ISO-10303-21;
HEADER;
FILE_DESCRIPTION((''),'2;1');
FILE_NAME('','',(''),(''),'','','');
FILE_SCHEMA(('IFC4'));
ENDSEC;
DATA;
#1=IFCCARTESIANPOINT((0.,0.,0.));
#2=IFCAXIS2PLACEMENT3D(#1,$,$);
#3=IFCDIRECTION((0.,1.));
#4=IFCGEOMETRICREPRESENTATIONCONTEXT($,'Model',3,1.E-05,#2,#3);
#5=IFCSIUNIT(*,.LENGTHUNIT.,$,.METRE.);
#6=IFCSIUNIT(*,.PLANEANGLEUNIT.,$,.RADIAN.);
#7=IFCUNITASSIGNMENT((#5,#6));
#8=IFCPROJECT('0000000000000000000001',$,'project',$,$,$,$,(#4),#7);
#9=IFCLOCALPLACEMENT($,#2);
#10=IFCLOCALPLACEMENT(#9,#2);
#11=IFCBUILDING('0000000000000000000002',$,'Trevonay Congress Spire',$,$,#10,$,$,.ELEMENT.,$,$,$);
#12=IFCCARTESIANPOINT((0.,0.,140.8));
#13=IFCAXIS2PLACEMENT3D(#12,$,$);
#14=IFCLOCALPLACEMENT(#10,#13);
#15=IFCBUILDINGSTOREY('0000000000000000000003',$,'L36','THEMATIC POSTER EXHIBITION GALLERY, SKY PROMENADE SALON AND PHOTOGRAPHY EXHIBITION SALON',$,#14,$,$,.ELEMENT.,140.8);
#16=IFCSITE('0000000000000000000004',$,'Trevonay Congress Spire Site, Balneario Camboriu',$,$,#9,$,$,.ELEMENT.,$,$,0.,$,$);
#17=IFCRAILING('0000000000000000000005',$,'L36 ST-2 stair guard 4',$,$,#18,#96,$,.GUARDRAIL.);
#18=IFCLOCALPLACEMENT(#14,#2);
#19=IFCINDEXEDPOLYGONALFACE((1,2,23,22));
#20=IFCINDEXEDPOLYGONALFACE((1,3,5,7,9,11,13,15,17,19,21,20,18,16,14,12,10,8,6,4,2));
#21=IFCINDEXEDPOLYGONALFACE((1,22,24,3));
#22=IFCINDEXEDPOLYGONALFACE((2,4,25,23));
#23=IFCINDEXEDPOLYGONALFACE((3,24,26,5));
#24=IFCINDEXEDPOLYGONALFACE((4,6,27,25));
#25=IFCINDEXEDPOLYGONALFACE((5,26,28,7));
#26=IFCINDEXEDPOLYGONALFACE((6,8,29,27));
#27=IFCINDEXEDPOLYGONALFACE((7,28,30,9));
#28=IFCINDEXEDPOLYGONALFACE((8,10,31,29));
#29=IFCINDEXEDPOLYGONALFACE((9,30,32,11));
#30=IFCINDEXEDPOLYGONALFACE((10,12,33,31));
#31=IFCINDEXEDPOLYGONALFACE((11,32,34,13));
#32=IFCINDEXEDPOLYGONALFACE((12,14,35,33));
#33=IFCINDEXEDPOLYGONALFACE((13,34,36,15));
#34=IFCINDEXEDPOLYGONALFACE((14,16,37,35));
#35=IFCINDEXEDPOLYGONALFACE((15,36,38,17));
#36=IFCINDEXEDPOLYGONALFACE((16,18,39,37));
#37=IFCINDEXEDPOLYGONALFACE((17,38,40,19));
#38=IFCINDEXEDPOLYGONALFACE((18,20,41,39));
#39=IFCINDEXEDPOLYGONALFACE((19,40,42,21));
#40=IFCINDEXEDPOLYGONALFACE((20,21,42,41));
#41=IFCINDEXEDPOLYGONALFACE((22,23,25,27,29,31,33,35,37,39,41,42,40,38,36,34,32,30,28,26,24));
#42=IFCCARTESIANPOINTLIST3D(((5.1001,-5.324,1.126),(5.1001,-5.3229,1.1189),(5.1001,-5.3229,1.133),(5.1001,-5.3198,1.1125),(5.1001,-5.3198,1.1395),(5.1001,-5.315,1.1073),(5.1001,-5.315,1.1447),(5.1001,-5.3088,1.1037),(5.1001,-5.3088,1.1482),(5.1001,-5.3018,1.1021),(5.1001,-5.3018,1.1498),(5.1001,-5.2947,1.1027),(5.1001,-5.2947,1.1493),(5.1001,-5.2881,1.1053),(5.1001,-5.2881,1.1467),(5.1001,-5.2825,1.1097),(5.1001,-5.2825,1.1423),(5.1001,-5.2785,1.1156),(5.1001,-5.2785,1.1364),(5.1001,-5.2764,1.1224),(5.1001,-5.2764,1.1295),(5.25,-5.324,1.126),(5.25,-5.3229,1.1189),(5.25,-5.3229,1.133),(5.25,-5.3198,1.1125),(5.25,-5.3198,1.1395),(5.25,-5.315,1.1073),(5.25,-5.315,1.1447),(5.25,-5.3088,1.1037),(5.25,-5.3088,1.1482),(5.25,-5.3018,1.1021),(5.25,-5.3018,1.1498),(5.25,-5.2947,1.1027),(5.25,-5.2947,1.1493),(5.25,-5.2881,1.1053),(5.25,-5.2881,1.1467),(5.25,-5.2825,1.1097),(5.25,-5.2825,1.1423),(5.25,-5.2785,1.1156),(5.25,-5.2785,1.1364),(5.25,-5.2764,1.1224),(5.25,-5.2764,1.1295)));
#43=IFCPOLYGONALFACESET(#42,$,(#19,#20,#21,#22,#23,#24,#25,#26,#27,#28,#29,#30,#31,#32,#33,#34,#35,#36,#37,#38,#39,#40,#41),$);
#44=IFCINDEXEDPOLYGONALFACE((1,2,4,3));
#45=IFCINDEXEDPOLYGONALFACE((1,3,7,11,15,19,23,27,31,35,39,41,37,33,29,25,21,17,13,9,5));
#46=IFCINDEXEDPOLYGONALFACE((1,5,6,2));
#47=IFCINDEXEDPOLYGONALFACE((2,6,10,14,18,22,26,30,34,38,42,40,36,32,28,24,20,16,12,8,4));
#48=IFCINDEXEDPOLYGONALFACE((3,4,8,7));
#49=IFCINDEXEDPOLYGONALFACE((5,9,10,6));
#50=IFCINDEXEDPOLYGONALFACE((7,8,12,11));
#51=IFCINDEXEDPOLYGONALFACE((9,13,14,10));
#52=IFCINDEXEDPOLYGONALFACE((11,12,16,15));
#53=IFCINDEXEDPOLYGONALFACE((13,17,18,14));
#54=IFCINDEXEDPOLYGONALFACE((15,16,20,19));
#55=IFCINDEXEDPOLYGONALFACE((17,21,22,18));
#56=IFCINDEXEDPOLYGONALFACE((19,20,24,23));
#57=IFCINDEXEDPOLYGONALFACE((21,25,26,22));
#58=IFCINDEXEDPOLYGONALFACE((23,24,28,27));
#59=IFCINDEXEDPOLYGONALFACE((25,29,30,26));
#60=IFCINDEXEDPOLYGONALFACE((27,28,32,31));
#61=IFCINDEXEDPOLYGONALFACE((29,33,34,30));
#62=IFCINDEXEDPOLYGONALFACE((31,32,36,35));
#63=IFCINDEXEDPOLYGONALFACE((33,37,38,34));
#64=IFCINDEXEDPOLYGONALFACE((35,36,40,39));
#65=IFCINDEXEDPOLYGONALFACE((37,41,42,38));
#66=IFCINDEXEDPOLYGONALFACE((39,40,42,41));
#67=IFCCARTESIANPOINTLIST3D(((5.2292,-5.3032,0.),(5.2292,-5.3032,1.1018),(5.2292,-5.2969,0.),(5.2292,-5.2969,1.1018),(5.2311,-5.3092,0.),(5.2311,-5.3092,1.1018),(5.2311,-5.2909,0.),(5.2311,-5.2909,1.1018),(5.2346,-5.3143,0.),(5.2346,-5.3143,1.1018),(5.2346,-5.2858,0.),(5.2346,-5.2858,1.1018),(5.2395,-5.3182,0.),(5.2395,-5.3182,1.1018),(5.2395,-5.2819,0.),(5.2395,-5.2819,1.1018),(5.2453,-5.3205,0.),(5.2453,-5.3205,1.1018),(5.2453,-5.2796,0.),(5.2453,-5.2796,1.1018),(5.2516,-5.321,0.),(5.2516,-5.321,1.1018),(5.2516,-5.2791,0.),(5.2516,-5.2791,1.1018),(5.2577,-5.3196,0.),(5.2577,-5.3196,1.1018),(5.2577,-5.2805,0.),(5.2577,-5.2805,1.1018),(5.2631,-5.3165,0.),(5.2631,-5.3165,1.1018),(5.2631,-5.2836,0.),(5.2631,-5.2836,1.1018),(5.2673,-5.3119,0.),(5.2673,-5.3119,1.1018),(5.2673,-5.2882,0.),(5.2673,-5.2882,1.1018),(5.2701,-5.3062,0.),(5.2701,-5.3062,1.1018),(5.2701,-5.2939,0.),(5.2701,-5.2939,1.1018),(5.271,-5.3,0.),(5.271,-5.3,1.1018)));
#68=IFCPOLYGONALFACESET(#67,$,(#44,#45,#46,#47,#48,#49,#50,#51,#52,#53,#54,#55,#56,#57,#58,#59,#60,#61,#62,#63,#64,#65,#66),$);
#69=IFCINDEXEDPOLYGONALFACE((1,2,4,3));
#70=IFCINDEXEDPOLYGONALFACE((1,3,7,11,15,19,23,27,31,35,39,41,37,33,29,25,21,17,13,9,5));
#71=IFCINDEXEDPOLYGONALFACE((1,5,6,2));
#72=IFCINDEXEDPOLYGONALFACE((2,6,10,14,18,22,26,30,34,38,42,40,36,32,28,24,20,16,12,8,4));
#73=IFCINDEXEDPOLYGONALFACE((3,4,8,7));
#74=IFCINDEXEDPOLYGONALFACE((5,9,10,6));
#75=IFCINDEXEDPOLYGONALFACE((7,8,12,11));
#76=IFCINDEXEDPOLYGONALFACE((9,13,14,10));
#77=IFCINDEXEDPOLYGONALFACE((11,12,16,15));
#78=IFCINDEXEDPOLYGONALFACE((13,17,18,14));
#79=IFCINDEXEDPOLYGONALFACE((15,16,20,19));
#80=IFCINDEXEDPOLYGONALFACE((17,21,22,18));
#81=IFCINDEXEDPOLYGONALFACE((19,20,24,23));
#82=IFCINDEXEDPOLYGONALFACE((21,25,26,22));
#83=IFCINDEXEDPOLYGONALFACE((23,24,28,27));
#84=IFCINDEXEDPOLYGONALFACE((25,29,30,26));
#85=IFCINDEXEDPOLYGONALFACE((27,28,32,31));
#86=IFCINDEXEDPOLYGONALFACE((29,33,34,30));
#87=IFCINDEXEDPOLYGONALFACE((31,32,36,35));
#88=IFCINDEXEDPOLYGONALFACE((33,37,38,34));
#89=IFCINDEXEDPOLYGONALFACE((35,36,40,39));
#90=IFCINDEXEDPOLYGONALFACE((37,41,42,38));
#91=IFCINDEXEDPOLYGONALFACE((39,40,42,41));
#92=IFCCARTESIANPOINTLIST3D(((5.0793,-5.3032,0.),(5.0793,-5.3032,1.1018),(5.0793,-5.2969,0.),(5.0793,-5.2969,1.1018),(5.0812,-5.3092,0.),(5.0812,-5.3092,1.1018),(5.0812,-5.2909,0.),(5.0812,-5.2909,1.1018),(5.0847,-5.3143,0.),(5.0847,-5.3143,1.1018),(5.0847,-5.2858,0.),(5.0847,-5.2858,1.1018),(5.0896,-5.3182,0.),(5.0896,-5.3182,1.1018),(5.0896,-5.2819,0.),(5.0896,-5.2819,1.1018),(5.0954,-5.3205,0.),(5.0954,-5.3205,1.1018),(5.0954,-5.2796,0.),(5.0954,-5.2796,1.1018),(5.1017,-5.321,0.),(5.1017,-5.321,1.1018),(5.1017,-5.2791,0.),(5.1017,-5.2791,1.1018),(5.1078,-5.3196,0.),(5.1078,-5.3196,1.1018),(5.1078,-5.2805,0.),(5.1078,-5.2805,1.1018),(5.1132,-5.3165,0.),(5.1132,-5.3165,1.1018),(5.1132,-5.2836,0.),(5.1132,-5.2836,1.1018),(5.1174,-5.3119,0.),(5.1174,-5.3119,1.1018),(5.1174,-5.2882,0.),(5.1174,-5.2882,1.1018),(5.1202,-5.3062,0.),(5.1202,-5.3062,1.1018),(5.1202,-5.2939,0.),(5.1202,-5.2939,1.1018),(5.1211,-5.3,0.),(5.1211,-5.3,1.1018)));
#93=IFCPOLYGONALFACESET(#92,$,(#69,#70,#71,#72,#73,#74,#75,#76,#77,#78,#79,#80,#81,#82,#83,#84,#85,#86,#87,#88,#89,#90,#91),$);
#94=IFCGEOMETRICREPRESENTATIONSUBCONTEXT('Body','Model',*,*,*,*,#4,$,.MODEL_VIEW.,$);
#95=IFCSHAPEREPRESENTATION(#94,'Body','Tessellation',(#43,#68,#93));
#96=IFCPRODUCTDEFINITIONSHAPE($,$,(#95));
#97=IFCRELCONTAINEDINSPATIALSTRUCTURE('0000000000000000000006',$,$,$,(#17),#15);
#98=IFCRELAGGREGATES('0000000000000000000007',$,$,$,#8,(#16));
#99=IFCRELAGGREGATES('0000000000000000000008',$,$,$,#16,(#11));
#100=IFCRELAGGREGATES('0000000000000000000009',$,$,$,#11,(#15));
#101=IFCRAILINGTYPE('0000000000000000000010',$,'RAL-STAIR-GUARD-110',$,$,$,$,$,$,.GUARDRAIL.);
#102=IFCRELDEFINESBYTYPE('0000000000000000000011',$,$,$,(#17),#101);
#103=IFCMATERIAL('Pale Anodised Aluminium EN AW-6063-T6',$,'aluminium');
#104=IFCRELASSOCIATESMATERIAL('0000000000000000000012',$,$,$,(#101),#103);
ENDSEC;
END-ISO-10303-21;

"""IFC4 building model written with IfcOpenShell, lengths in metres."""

from ifc_helpers import new_model, si_unit, direction, frame, origin, origin_2d, place, context, subcontext, project, spatial, circle, extrude, material, type_object, element, save


model = new_model("IFC4")

# Units and contexts
model_context = context("Model", 3, precision=1e-05, world=origin(), true_north=direction((0.0, 1.0)))
body_context = subcontext(model_context, "Body", "Model", "MODEL_VIEW")
ifc_project = project(units=[si_unit("LENGTHUNIT", "METRE"), si_unit("PLANEANGLEUNIT", "RADIAN")], contexts=[model_context])

# Site, building, storey
site_placement = place(None, origin())
site = spatial("IfcSite", under=ifc_project, at=site_placement, Name="Trevonay Congress Spire Site, Balneario Camboriu", CompositionType="ELEMENT", RefElevation=0.0)
building_placement = place(site_placement, origin())
building = spatial("IfcBuilding", under=site, at=building_placement, Name="Trevonay Congress Spire", CompositionType="ELEMENT")
storey_placement = place(building_placement, frame((0.0, 0.0, 140.8)))
storey = spatial("IfcBuildingStorey", under=building, at=storey_placement, Name="L36", Description="THEMATIC POSTER EXHIBITION GALLERY, SKY PROMENADE SALON AND PHOTOGRAPHY EXHIBITION SALON", CompositionType="ELEMENT", Elevation=140.8)

# Shared definitions
ifc_material_1 = material(Name="Pale Anodised Aluminium EN AW-6063-T6", Category="aluminium")

# Railing
railing_type_1 = type_object("IfcRailingType", Name="RAL-STAIR-GUARD-110", PredefinedType="GUARDRAIL", material=ifc_material_1)
railing_1_placement = place(storey_placement, frame((5.25, -5.3, 0.0)))
element("IfcRailing", 1, at=railing_1_placement, inside=storey, type_object=railing_type_1, Name="L36 ST-2 stair guard 4", PredefinedType="GUARDRAIL", context=body_context, shape_type="SweptSolid", body=[
    extrude(circle(Radius=0.0239, at=origin_2d()), frame((0.0, 0.0, 1.126), z_axis=(-1.0, 0.0, 0.0), x_axis=(0.0, -1.0, 0.0)), (0.0, 0.0, 1.0), 0.1499),
    extrude(circle(Radius=0.021, at=origin_2d()), origin(), (0.0, 0.0, 1.0), 1.1018),
    extrude(circle(Radius=0.021, at=origin_2d()), frame((-0.1499, 0.0, 0.0)), (0.0, 0.0, 1.0), 1.1018),
])

save(model, "model.ifc")
